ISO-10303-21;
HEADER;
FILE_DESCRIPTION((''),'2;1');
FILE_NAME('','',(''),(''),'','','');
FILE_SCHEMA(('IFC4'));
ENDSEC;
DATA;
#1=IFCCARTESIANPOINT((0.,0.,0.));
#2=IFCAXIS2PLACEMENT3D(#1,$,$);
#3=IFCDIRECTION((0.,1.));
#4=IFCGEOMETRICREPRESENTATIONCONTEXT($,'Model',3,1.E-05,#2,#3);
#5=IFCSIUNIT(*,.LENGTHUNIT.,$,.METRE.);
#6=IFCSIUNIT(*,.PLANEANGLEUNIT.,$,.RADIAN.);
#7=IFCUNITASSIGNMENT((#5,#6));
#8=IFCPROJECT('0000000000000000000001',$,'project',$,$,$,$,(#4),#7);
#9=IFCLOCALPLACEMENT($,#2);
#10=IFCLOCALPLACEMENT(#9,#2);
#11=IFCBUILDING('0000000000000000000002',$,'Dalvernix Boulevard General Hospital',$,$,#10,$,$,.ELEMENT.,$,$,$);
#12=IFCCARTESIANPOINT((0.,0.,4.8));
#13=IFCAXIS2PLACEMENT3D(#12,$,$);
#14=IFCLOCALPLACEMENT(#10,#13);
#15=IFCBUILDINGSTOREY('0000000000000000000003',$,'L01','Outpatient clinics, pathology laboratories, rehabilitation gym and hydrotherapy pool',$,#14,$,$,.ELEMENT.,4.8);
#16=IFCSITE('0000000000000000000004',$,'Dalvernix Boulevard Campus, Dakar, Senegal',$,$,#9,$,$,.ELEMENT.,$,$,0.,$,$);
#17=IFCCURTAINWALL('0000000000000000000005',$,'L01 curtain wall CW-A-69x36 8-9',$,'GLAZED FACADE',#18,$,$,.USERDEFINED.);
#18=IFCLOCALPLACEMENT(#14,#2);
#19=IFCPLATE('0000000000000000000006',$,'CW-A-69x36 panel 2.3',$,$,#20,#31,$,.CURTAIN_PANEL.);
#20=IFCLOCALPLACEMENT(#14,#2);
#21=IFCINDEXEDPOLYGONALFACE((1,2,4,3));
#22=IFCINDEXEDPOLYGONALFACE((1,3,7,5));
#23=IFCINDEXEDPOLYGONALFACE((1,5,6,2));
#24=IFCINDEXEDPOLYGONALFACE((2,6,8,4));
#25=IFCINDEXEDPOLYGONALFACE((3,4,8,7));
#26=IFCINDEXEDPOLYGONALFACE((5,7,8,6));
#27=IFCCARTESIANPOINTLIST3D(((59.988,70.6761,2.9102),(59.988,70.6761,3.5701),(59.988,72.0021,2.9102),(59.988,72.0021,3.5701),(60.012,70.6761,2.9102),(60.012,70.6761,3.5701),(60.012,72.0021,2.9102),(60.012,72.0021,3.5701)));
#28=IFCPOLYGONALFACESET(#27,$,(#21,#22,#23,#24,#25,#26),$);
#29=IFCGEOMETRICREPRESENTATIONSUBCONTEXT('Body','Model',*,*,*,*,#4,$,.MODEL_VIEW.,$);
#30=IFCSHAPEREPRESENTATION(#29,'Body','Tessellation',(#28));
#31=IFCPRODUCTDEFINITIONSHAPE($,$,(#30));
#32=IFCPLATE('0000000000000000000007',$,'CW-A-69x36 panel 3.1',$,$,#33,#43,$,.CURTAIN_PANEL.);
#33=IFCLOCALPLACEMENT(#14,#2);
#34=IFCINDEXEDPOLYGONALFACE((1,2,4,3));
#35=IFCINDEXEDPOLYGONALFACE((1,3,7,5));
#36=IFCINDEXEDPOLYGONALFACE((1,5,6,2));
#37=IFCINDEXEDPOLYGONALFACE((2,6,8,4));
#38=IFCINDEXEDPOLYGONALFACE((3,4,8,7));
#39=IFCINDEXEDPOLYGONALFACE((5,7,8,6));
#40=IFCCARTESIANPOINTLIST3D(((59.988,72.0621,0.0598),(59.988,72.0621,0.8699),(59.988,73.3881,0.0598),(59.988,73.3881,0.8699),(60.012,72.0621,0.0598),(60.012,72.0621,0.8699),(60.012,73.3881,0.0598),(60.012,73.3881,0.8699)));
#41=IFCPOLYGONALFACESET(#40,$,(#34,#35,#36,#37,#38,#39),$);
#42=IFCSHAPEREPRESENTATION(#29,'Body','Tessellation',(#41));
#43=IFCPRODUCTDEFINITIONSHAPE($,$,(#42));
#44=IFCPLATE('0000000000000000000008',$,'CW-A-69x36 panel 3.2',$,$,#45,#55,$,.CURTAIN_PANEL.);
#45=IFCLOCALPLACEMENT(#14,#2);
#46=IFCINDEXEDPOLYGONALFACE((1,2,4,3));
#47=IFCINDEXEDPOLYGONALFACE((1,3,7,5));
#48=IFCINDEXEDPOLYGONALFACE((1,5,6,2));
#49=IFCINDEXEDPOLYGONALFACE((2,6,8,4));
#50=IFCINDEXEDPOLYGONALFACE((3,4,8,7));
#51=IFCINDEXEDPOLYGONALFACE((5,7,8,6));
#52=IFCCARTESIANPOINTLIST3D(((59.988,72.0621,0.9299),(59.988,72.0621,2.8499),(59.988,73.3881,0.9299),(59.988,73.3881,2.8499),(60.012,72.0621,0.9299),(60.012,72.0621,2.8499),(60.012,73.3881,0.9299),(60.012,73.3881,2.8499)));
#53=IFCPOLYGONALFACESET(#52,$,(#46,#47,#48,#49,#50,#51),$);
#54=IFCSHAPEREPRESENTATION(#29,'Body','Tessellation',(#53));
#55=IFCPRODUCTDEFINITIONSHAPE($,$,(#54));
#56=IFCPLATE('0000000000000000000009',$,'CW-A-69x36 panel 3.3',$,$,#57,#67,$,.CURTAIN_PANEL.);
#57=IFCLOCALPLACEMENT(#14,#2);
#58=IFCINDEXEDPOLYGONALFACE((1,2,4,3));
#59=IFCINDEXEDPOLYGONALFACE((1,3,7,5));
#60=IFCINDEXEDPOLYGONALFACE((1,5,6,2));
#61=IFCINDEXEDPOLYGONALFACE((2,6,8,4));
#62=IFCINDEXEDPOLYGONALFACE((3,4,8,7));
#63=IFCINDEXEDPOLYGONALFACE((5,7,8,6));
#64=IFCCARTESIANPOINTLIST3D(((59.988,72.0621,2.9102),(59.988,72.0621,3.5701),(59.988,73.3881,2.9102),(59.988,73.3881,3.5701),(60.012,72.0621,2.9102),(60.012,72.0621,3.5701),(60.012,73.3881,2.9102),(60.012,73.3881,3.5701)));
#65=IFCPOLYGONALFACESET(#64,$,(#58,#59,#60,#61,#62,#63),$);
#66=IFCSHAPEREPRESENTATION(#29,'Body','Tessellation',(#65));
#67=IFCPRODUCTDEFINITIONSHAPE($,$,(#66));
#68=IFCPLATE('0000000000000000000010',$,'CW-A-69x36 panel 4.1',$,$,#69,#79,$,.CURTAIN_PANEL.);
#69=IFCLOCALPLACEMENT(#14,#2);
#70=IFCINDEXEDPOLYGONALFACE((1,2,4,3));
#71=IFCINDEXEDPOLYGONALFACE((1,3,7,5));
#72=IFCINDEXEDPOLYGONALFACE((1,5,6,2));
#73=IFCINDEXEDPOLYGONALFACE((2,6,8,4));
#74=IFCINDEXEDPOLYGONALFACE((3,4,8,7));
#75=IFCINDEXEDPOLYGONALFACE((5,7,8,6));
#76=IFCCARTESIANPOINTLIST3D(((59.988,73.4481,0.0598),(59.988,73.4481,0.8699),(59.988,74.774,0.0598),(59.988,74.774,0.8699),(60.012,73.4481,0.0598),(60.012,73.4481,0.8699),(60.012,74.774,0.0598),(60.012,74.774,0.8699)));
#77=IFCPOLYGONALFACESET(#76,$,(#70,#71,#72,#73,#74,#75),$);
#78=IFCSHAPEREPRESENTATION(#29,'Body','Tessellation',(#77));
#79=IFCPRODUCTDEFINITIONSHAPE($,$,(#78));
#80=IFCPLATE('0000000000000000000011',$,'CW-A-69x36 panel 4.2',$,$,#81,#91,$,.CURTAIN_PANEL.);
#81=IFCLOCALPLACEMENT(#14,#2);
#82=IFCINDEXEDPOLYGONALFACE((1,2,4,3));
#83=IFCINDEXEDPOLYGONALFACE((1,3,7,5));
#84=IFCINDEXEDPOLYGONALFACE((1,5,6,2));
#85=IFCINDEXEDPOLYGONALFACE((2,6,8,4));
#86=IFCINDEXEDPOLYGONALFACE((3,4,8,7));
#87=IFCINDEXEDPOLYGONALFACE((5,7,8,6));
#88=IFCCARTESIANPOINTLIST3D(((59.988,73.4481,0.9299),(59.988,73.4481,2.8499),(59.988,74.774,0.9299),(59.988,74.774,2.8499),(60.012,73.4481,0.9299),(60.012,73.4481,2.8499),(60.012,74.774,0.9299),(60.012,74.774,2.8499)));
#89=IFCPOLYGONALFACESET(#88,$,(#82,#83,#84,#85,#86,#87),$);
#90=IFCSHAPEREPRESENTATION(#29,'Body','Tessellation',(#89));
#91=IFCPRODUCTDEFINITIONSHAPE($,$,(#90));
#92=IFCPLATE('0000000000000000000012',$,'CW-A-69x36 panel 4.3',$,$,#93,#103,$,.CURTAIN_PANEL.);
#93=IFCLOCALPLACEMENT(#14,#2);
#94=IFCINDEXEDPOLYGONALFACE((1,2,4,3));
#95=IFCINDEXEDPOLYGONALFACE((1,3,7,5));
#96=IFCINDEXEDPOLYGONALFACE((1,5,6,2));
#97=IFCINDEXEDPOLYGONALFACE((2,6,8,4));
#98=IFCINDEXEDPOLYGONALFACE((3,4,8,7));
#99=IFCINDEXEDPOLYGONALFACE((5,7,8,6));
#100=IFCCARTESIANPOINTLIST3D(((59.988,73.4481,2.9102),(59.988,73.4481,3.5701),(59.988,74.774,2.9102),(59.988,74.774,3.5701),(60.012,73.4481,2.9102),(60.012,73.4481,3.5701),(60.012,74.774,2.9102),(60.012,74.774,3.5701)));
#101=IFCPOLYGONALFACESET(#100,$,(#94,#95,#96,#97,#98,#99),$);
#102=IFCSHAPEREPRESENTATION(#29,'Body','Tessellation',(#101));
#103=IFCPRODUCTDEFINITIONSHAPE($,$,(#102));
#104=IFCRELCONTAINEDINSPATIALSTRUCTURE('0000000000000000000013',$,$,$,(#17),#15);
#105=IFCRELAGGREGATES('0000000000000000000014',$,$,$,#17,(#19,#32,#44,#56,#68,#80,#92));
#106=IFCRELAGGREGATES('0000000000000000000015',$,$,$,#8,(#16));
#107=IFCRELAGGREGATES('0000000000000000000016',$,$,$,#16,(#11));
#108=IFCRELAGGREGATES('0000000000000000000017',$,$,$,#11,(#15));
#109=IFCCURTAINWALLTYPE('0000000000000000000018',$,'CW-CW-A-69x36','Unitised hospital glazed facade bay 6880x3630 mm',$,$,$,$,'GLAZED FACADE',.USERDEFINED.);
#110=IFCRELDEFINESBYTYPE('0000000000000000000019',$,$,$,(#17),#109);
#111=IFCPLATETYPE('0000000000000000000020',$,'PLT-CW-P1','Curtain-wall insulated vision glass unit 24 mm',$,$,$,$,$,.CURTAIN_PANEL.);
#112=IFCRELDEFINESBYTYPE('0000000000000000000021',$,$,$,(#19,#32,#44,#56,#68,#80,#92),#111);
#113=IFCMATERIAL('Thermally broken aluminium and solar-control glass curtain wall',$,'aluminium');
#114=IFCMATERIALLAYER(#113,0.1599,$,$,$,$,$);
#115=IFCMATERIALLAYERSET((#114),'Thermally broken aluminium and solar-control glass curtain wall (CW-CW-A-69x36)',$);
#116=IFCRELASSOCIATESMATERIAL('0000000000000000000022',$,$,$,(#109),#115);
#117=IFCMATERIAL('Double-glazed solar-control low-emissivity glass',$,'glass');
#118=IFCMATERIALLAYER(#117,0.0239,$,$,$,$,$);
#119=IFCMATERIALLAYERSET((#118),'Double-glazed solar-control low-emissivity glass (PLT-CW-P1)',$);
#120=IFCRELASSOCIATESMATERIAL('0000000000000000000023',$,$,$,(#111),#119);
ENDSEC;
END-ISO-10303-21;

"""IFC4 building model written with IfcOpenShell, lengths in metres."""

from ifc_helpers import new_model, si_unit, direction, frame, origin, origin_2d, place, context, subcontext, project, spatial, rectangle, extrude, material, layer, layer_set, type_object, element, aggregate, save


model = new_model("IFC4")

# Units and contexts
model_context = context("Model", 3, precision=1e-05, world=origin(), true_north=direction((0.0, 1.0)))
body_context = subcontext(model_context, "Body", "Model", "MODEL_VIEW")
ifc_project = project(units=[si_unit("LENGTHUNIT", "METRE"), si_unit("PLANEANGLEUNIT", "RADIAN")], contexts=[model_context])

# Site, building, storey
site_placement = place(None, origin())
site = spatial("IfcSite", under=ifc_project, at=site_placement, Name="Dalvernix Boulevard Campus, Dakar, Senegal", CompositionType="ELEMENT", RefElevation=0.0)
building_placement = place(site_placement, origin())
building = spatial("IfcBuilding", under=site, at=building_placement, Name="Dalvernix Boulevard General Hospital", CompositionType="ELEMENT")
storey_placement = place(building_placement, frame((0.0, 0.0, 4.8)))
storey = spatial("IfcBuildingStorey", under=building, at=storey_placement, Name="L01", Description="Outpatient clinics, pathology laboratories, rehabilitation gym and hydrotherapy pool", CompositionType="ELEMENT", Elevation=4.8)

# Curtain wall, plates
ifc_material_1 = material(Name="Thermally broken aluminium and solar-control glass curtain wall", Category="aluminium")
ifc_layer_1 = layer(ifc_material_1, 0.1599)
ifc_layer_set_1 = layer_set([ifc_layer_1], Name="Thermally broken aluminium and solar-control glass curtain wall (CW-CW-A-69x36)")
curtain_wall_type = type_object("IfcCurtainWallType", Name="CW-CW-A-69x36", Description="Unitised hospital glazed facade bay 6880x3630 mm", ElementType="GLAZED FACADE", PredefinedType="USERDEFINED", material=ifc_layer_set_1)
curtain_wall_placement = place(storey_placement, origin())
curtain_wall = element("IfcCurtainWall", 1, at=curtain_wall_placement, inside=storey, type_object=curtain_wall_type, Name="L01 curtain wall CW-A-69x36 8-9", ObjectType="GLAZED FACADE", PredefinedType="USERDEFINED")
ifc_material_2 = material(Name="Double-glazed solar-control low-emissivity glass", Category="glass")
ifc_layer_2 = layer(ifc_material_2, 0.0239)
ifc_layer_set_2 = layer_set([ifc_layer_2], Name="Double-glazed solar-control low-emissivity glass (PLT-CW-P1)")
plate_type = type_object("IfcPlateType", Name="PLT-CW-P1", Description="Curtain-wall insulated vision glass unit 24 mm", PredefinedType="CURTAIN_PANEL", material=ifc_layer_set_2)
plate_1_placement = place(storey_placement, frame((60.0, 71.3391, 2.9102), z_axis=(0.0, 0.0, 1.0), x_axis=(0.0, 1.0, 0.0)))
plate_1 = element("IfcPlate", 2, at=plate_1_placement, type_object=plate_type, Name="CW-A-69x36 panel 2.3", PredefinedType="CURTAIN_PANEL", context=body_context, shape_type="SweptSolid", body=[
    extrude(rectangle(XDim=1.3259, YDim=0.0239, at=origin_2d()), origin(), (0.0, 0.0, 1.0), 0.6599),
])
plate_2_placement = place(storey_placement, frame((60.0, 72.7251, 0.0598), z_axis=(0.0, 0.0, 1.0), x_axis=(0.0, 1.0, 0.0)))
plate_2 = element("IfcPlate", 3, at=plate_2_placement, type_object=plate_type, Name="CW-A-69x36 panel 3.1", PredefinedType="CURTAIN_PANEL", context=body_context, shape_type="SweptSolid", body=[
    extrude(rectangle(XDim=1.3259, YDim=0.0239, at=origin_2d()), origin(), (0.0, 0.0, 1.0), 0.8101),
])
plate_3_placement = place(storey_placement, frame((60.0, 72.7251, 0.9299), z_axis=(0.0, 0.0, 1.0), x_axis=(0.0, 1.0, 0.0)))
plate_3 = element("IfcPlate", 4, at=plate_3_placement, type_object=plate_type, Name="CW-A-69x36 panel 3.2", PredefinedType="CURTAIN_PANEL", context=body_context, shape_type="SweptSolid", body=[
    extrude(rectangle(XDim=1.3259, YDim=0.0239, at=origin_2d()), origin(), (0.0, 0.0, 1.0), 1.9199),
])
plate_4_placement = place(storey_placement, frame((60.0, 72.7251, 2.9102), z_axis=(0.0, 0.0, 1.0), x_axis=(0.0, 1.0, 0.0)))
plate_4 = element("IfcPlate", 5, at=plate_4_placement, type_object=plate_type, Name="CW-A-69x36 panel 3.3", PredefinedType="CURTAIN_PANEL", context=body_context, shape_type="SweptSolid", body=[
    extrude(rectangle(XDim=1.3259, YDim=0.0239, at=origin_2d()), origin(), (0.0, 0.0, 1.0), 0.6599),
])
plate_5_placement = place(storey_placement, frame((60.0, 74.1111, 0.0598), z_axis=(0.0, 0.0, 1.0), x_axis=(0.0, 1.0, 0.0)))
plate_5 = element("IfcPlate", 6, at=plate_5_placement, type_object=plate_type, Name="CW-A-69x36 panel 4.1", PredefinedType="CURTAIN_PANEL", context=body_context, shape_type="SweptSolid", body=[
    extrude(rectangle(XDim=1.3259, YDim=0.0239, at=origin_2d()), origin(), (0.0, 0.0, 1.0), 0.8101),
])
plate_6_placement = place(storey_placement, frame((60.0, 74.1111, 0.9299), z_axis=(0.0, 0.0, 1.0), x_axis=(0.0, 1.0, 0.0)))
plate_6 = element("IfcPlate", 7, at=plate_6_placement, type_object=plate_type, Name="CW-A-69x36 panel 4.2", PredefinedType="CURTAIN_PANEL", context=body_context, shape_type="SweptSolid", body=[
    extrude(rectangle(XDim=1.3259, YDim=0.0239, at=origin_2d()), origin(), (0.0, 0.0, 1.0), 1.9199),
])
plate_7_placement = place(storey_placement, frame((60.0, 74.1111, 2.9102), z_axis=(0.0, 0.0, 1.0), x_axis=(0.0, 1.0, 0.0)))
plate_7 = element("IfcPlate", 8, at=plate_7_placement, type_object=plate_type, Name="CW-A-69x36 panel 4.3", PredefinedType="CURTAIN_PANEL", context=body_context, shape_type="SweptSolid", body=[
    extrude(rectangle(XDim=1.3259, YDim=0.0239, at=origin_2d()), origin(), (0.0, 0.0, 1.0), 0.6599),
])
aggregate(curtain_wall, [plate_1, plate_2, plate_3, plate_4, plate_5, plate_6, plate_7])

save(model, "model.ifc")
